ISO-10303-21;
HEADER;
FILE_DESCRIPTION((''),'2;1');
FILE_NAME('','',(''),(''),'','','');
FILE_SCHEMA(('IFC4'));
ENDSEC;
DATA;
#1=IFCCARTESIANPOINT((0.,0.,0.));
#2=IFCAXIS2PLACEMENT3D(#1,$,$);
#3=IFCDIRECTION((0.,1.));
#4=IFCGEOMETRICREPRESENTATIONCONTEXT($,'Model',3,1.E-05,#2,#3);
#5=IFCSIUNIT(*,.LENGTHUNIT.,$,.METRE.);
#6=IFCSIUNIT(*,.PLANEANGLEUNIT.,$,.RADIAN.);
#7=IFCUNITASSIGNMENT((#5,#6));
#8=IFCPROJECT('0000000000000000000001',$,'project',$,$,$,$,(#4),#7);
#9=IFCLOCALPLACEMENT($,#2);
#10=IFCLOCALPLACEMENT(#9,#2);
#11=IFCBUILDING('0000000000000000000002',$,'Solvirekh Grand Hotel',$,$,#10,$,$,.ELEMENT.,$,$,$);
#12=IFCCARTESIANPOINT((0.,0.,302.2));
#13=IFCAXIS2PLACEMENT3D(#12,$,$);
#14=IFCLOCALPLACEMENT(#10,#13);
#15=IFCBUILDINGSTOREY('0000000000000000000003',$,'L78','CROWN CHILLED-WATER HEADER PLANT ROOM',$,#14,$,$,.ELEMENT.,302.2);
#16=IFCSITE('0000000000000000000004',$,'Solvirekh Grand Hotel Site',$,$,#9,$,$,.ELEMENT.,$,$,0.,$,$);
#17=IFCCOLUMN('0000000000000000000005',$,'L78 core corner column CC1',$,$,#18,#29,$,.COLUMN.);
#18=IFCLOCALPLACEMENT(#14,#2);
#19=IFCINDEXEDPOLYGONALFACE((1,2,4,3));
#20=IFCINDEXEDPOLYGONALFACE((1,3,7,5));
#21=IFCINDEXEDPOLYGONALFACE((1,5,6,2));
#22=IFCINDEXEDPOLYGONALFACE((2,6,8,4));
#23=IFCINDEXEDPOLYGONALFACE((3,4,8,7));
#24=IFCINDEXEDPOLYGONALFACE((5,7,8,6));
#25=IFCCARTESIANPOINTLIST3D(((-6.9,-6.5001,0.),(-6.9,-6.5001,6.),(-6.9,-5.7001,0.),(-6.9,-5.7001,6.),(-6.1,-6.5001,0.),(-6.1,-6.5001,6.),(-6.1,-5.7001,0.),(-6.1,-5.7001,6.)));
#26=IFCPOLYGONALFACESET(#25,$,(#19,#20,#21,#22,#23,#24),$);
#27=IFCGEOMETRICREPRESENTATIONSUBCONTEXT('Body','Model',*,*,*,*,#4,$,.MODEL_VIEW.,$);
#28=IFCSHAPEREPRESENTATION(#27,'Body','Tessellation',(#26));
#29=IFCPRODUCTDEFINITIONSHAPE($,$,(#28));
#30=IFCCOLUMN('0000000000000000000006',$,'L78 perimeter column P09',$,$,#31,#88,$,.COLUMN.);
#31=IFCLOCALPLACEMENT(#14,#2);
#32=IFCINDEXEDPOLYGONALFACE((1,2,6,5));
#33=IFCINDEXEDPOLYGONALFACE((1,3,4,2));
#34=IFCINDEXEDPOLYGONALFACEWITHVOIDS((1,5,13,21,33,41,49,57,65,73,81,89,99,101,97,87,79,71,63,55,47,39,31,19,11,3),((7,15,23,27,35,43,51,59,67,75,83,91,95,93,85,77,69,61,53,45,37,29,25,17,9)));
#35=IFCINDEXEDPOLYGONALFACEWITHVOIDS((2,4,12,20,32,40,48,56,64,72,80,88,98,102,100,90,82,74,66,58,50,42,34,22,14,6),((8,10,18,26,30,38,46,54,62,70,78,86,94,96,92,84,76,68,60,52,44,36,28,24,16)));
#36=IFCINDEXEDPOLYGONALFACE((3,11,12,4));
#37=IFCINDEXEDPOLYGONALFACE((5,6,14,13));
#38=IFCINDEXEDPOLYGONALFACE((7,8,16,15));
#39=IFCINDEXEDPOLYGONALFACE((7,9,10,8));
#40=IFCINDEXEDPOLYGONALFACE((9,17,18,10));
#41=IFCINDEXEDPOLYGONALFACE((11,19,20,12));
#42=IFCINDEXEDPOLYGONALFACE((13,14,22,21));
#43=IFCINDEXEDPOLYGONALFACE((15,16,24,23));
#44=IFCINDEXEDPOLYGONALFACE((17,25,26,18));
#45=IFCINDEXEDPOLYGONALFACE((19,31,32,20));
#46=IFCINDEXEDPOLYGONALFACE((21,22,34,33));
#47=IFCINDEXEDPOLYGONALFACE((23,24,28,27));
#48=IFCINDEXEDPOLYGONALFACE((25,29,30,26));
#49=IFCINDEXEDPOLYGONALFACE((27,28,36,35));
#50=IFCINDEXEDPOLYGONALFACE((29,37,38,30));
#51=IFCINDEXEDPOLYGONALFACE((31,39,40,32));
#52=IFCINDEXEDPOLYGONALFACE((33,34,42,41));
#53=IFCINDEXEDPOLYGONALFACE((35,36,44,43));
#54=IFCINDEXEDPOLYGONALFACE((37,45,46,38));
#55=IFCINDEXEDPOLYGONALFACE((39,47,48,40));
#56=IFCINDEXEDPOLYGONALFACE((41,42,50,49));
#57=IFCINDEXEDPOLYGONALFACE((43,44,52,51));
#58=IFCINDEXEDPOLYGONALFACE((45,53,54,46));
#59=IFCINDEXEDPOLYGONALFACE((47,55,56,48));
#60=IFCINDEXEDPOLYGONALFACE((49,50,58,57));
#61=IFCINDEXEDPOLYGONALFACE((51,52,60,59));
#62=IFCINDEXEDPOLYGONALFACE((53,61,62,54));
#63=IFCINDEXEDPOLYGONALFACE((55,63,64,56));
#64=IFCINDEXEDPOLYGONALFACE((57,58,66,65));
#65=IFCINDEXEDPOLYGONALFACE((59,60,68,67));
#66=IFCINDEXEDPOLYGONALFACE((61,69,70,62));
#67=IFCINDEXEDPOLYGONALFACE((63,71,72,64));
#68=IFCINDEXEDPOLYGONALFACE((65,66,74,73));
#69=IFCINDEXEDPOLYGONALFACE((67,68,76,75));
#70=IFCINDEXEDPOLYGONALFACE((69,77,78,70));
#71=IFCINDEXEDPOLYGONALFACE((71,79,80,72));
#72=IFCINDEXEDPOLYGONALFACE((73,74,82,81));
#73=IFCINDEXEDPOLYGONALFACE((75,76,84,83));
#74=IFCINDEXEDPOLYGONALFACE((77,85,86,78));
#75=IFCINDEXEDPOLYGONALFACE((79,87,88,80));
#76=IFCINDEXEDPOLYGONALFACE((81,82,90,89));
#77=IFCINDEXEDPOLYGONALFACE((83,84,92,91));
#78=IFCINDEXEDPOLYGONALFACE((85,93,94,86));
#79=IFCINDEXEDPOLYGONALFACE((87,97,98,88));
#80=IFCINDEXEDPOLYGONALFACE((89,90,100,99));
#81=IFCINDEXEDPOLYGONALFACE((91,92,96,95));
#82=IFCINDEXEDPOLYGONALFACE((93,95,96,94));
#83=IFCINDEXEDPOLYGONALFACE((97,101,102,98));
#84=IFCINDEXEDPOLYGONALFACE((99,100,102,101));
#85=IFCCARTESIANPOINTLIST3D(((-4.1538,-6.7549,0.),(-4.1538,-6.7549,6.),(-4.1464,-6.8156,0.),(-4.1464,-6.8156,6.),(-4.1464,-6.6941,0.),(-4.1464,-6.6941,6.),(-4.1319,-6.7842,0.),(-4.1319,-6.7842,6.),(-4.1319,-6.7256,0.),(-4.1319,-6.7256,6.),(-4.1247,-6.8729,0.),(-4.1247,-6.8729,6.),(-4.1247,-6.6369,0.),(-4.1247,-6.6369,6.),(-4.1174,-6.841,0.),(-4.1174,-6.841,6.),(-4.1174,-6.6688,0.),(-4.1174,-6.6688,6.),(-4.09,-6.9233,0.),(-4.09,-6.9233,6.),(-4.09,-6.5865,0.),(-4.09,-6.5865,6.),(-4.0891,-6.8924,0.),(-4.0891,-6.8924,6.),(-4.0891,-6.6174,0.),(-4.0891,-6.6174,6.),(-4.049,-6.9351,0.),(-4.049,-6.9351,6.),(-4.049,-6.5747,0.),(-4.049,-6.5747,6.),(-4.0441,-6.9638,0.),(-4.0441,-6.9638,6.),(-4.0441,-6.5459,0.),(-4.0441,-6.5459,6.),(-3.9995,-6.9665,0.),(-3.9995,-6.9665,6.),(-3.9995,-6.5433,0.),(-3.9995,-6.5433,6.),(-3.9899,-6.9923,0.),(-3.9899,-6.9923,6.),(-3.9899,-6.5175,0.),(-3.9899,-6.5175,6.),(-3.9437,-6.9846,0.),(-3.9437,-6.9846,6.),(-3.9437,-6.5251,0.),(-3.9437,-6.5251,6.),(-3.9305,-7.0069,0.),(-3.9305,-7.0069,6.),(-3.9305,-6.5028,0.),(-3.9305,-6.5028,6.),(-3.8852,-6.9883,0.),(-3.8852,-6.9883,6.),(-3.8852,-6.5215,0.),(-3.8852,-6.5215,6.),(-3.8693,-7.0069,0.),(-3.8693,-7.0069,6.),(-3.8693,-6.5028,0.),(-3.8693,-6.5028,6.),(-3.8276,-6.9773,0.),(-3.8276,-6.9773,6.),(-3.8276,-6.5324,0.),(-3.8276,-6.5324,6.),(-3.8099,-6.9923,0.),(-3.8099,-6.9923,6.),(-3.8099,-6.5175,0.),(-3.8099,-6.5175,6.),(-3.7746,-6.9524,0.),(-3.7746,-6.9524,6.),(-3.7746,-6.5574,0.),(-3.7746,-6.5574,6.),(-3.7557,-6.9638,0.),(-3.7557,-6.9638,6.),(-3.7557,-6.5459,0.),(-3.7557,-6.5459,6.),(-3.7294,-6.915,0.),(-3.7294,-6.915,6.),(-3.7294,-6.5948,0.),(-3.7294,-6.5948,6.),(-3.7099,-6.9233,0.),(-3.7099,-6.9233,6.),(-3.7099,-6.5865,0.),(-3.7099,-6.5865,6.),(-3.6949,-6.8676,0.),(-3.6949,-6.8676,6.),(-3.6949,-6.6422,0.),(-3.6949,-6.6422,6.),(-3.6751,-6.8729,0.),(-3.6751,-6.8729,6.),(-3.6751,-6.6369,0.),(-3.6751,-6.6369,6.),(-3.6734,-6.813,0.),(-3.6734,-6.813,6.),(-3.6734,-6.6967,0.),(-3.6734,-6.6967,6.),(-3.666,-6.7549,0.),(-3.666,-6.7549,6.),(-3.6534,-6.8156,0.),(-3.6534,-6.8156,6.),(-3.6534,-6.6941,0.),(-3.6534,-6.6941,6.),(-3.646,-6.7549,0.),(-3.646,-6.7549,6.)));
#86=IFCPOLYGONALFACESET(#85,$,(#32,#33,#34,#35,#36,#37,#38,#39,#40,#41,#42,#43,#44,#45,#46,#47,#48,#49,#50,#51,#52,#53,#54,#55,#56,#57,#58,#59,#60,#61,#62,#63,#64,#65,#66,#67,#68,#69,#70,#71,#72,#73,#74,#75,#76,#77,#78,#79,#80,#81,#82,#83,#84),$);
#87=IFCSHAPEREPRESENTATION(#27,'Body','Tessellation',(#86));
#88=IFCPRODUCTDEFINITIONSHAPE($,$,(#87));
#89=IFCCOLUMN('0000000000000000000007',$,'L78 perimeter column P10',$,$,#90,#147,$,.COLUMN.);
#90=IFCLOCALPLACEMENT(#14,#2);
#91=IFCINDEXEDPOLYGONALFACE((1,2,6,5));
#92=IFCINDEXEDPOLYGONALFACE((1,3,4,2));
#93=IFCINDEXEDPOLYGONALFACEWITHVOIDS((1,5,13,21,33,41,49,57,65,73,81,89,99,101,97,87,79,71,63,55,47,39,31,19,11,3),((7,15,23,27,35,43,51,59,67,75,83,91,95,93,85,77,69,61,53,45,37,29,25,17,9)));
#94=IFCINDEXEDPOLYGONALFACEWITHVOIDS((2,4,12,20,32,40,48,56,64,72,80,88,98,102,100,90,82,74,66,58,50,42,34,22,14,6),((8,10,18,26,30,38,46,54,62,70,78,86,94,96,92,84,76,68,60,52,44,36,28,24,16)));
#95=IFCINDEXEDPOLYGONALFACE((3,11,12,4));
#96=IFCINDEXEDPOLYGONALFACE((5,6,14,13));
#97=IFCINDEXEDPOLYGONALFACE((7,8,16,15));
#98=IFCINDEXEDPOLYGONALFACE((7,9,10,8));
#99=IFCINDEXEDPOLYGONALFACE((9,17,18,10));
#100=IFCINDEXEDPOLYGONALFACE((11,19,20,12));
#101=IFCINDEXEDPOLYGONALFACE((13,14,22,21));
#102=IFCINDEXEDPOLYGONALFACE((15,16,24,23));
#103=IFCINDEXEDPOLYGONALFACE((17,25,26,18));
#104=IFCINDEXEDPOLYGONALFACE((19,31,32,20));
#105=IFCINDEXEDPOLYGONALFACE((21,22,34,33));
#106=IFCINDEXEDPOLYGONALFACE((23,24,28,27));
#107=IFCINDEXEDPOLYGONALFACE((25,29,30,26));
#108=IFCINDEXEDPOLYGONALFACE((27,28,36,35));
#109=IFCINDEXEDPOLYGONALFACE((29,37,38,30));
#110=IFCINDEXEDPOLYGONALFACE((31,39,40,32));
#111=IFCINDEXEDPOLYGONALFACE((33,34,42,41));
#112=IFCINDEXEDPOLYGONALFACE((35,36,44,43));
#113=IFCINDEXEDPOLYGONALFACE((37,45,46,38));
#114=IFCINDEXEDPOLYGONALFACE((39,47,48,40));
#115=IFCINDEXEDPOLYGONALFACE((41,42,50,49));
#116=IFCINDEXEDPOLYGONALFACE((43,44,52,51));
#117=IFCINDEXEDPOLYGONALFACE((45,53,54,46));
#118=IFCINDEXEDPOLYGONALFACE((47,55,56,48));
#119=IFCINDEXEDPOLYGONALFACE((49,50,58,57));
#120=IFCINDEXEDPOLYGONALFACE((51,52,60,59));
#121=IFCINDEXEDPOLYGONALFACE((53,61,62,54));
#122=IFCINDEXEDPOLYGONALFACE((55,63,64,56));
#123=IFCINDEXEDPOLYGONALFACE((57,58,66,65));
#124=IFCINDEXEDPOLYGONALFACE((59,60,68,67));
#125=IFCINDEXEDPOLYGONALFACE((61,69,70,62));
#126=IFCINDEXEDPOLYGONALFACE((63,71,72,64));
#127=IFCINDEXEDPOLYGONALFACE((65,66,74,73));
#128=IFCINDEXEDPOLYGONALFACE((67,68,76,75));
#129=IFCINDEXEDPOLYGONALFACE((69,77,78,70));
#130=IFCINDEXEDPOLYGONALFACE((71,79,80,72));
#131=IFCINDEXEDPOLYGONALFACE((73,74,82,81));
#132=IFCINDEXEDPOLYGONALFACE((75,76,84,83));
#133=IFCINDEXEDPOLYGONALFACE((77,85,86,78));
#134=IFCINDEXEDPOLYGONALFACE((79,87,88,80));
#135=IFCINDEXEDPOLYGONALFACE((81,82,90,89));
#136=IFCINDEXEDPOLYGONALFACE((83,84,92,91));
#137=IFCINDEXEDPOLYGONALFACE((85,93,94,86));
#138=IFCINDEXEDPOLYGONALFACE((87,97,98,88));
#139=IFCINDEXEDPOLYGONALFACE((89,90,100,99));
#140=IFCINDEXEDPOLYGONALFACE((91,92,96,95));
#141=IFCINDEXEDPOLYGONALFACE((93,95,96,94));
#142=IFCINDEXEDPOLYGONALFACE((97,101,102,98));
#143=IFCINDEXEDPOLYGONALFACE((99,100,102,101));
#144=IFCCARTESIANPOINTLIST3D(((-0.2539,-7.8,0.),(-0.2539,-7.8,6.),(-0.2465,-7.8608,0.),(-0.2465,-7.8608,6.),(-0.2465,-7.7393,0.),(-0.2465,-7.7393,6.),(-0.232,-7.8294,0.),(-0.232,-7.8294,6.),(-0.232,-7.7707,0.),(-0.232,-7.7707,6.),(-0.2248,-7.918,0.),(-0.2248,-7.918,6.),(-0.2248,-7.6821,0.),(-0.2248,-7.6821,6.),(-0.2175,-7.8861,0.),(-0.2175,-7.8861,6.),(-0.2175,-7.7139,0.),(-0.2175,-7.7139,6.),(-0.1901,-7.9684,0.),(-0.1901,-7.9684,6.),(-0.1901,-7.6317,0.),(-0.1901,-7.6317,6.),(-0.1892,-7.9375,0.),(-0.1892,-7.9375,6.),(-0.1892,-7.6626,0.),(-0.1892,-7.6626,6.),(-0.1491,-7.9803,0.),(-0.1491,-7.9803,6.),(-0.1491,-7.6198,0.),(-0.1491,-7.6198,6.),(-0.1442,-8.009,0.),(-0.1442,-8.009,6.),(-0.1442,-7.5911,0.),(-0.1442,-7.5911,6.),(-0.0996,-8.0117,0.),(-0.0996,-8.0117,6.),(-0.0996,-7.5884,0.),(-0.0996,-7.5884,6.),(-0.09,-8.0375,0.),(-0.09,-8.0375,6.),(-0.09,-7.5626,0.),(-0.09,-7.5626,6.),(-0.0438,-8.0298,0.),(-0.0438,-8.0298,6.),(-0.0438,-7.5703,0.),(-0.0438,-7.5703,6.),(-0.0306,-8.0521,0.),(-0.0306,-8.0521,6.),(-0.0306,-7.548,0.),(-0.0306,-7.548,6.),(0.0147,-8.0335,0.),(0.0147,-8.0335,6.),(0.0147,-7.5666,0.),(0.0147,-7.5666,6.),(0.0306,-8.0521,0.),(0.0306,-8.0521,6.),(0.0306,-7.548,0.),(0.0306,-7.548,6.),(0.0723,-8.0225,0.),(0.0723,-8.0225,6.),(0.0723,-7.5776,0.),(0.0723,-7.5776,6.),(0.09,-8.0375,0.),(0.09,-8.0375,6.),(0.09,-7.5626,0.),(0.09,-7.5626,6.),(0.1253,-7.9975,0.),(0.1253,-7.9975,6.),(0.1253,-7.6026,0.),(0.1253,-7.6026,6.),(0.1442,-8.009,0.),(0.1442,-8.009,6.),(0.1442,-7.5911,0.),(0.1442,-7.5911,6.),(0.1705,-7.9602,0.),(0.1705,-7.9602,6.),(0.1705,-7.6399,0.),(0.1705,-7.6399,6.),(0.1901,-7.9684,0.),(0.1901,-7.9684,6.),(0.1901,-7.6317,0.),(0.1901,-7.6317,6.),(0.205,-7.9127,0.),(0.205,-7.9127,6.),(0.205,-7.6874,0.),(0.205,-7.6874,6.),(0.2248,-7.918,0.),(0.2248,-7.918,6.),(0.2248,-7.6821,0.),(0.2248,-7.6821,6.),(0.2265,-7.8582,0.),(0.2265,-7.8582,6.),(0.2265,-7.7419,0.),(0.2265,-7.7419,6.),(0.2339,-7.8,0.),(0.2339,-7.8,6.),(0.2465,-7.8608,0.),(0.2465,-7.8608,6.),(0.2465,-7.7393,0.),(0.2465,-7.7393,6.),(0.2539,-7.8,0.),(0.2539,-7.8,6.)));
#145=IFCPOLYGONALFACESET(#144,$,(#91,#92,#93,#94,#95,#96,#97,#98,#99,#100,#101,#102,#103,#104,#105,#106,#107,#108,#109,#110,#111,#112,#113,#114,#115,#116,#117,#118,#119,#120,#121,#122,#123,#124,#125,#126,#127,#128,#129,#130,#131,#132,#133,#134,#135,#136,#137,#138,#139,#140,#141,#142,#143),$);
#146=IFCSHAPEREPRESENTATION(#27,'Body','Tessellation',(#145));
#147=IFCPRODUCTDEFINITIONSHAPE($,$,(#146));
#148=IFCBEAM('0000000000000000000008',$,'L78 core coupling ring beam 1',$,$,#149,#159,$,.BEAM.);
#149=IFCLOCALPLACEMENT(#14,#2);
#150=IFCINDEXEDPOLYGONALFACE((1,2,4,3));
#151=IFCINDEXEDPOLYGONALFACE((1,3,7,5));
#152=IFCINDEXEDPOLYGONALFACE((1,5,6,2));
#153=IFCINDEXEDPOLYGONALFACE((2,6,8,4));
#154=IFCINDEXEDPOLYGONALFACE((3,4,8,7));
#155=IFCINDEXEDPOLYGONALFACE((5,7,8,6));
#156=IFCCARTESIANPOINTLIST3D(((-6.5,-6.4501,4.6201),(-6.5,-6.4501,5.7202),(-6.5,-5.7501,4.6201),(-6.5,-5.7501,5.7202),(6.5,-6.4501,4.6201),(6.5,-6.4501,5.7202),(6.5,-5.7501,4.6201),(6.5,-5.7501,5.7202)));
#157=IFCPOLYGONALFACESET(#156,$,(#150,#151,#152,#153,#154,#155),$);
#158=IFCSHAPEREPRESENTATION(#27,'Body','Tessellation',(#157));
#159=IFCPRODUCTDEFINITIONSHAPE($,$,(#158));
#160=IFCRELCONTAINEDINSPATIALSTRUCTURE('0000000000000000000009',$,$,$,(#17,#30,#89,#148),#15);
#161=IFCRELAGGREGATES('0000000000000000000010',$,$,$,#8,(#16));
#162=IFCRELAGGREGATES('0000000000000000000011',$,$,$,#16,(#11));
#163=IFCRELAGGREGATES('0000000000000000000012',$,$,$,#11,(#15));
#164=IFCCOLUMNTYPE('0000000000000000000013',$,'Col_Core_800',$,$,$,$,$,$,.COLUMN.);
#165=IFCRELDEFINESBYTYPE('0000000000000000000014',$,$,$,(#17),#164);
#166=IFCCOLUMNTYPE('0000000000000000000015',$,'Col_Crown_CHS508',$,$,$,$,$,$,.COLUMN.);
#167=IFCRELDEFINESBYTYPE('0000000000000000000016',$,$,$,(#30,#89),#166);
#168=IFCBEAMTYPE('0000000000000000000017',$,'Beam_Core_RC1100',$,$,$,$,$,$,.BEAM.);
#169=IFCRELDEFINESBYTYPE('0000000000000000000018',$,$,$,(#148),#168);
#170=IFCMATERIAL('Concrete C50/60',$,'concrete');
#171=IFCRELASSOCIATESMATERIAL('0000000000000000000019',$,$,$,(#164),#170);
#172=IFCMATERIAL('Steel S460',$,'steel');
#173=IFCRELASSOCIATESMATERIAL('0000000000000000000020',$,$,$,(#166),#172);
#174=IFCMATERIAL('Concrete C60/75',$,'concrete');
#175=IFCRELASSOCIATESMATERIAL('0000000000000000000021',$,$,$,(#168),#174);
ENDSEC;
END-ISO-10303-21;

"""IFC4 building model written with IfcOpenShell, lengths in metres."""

from ifc_helpers import new_model, si_unit, direction, frame, origin, origin_2d, place, context, subcontext, project, spatial, rectangle, hollow_circle, extrude, material, material_profile, profile_set, type_object, element, save


model = new_model("IFC4")

# Units and contexts
model_context = context("Model", 3, precision=1e-05, world=origin(), true_north=direction((0.0, 1.0)))
body_context = subcontext(model_context, "Body", "Model", "MODEL_VIEW")
ifc_project = project(units=[si_unit("LENGTHUNIT", "METRE"), si_unit("PLANEANGLEUNIT", "RADIAN")], contexts=[model_context])

# Site, building, storey
site_placement = place(None, origin())
site = spatial("IfcSite", under=ifc_project, at=site_placement, Name="Solvirekh Grand Hotel Site", CompositionType="ELEMENT", RefElevation=0.0)
building_placement = place(site_placement, origin())
building = spatial("IfcBuilding", under=site, at=building_placement, Name="Solvirekh Grand Hotel", CompositionType="ELEMENT")
storey_placement = place(building_placement, frame((0.0, 0.0, 302.2)))
storey = spatial("IfcBuildingStorey", under=building, at=storey_placement, Name="L78", Description="CROWN CHILLED-WATER HEADER PLANT ROOM", CompositionType="ELEMENT", Elevation=302.2)

# Columns
ifc_material_1 = material(Name="Concrete C50/60", Category="concrete")
ifc_material_profile_1 = material_profile(ifc_material_1, rectangle(XDim=0.8, YDim=0.8, at=origin_2d()), Name="RC 800X800")
ifc_profile_set_1 = profile_set([ifc_material_profile_1], Name="Concrete C50/60")
column_type_1 = type_object("IfcColumnType", Name="Col_Core_800", PredefinedType="COLUMN", material=ifc_profile_set_1)
column_placement = place(storey_placement, frame((-6.5, -6.1001, 0.0), z_axis=(0.0, 0.0, 1.0), x_axis=(1.0, 0.0, 0.0)))
element("IfcColumn", 1, at=column_placement, inside=storey, type_object=column_type_1, Name="L78 core corner column CC1", PredefinedType="COLUMN", context=body_context, shape_type="SweptSolid", body=[
    extrude(rectangle(XDim=0.8, YDim=0.8, at=origin_2d()), origin(), (0.0, 0.0, 1.0), 6.0),
])
ifc_material_2 = material(Name="Steel S460", Category="steel")
ifc_material_profile_2 = material_profile(ifc_material_2, hollow_circle(Radius=0.2539, WallThickness=0.02, at=origin_2d()), Name="CHS 508X20")
ifc_profile_set_2 = profile_set([ifc_material_profile_2], Name="Steel S460")
column_type_2 = type_object("IfcColumnType", Name="Col_Crown_CHS508", PredefinedType="COLUMN", material=ifc_profile_set_2)
for number, where, z_axis, x_axis, name in (
    (2, (-3.8999, -6.7549, 0.0), (0.0, 0.0, 1.0), (1.0, 0.0, 0.0), "L78 perimeter column P09"),
    (3, (0.0, -7.8, 0.0), (0.0, 0.0, 1.0), (1.0, 0.0, 0.0), "L78 perimeter column P10"),
):
    element("IfcColumn", number, at=place(storey_placement, frame(where, z_axis=z_axis, x_axis=x_axis)), inside=storey, type_object=column_type_2, Name=name, PredefinedType="COLUMN", context=body_context, shape_type="SweptSolid", body=[
        extrude(hollow_circle(Radius=0.2539, WallThickness=0.02, at=origin_2d()), origin(), (0.0, 0.0, 1.0), 6.0),
    ])

# Beam
ifc_material_3 = material(Name="Concrete C60/75", Category="concrete")
ifc_material_profile_3 = material_profile(ifc_material_3, rectangle(XDim=0.7, YDim=1.1001, at=origin_2d()), Name="RC BEAM 700X1100")
ifc_profile_set_3 = profile_set([ifc_material_profile_3], Name="Concrete C60/75")
beam_type_1 = type_object("IfcBeamType", Name="Beam_Core_RC1100", PredefinedType="BEAM", material=ifc_profile_set_3)
beam_1_placement = place(storey_placement, frame((-6.5, -6.1001, 5.1702), z_axis=(1.0, 0.0, 0.0), x_axis=(0.0, 1.0, 0.0)))
element("IfcBeam", 4, at=beam_1_placement, inside=storey, type_object=beam_type_1, Name="L78 core coupling ring beam 1", PredefinedType="BEAM", context=body_context, shape_type="SweptSolid", body=[
    extrude(rectangle(XDim=0.7, YDim=1.1001, at=origin_2d()), origin(), (0.0, 0.0, 1.0), 13.0),
])

save(model, "model.ifc")
